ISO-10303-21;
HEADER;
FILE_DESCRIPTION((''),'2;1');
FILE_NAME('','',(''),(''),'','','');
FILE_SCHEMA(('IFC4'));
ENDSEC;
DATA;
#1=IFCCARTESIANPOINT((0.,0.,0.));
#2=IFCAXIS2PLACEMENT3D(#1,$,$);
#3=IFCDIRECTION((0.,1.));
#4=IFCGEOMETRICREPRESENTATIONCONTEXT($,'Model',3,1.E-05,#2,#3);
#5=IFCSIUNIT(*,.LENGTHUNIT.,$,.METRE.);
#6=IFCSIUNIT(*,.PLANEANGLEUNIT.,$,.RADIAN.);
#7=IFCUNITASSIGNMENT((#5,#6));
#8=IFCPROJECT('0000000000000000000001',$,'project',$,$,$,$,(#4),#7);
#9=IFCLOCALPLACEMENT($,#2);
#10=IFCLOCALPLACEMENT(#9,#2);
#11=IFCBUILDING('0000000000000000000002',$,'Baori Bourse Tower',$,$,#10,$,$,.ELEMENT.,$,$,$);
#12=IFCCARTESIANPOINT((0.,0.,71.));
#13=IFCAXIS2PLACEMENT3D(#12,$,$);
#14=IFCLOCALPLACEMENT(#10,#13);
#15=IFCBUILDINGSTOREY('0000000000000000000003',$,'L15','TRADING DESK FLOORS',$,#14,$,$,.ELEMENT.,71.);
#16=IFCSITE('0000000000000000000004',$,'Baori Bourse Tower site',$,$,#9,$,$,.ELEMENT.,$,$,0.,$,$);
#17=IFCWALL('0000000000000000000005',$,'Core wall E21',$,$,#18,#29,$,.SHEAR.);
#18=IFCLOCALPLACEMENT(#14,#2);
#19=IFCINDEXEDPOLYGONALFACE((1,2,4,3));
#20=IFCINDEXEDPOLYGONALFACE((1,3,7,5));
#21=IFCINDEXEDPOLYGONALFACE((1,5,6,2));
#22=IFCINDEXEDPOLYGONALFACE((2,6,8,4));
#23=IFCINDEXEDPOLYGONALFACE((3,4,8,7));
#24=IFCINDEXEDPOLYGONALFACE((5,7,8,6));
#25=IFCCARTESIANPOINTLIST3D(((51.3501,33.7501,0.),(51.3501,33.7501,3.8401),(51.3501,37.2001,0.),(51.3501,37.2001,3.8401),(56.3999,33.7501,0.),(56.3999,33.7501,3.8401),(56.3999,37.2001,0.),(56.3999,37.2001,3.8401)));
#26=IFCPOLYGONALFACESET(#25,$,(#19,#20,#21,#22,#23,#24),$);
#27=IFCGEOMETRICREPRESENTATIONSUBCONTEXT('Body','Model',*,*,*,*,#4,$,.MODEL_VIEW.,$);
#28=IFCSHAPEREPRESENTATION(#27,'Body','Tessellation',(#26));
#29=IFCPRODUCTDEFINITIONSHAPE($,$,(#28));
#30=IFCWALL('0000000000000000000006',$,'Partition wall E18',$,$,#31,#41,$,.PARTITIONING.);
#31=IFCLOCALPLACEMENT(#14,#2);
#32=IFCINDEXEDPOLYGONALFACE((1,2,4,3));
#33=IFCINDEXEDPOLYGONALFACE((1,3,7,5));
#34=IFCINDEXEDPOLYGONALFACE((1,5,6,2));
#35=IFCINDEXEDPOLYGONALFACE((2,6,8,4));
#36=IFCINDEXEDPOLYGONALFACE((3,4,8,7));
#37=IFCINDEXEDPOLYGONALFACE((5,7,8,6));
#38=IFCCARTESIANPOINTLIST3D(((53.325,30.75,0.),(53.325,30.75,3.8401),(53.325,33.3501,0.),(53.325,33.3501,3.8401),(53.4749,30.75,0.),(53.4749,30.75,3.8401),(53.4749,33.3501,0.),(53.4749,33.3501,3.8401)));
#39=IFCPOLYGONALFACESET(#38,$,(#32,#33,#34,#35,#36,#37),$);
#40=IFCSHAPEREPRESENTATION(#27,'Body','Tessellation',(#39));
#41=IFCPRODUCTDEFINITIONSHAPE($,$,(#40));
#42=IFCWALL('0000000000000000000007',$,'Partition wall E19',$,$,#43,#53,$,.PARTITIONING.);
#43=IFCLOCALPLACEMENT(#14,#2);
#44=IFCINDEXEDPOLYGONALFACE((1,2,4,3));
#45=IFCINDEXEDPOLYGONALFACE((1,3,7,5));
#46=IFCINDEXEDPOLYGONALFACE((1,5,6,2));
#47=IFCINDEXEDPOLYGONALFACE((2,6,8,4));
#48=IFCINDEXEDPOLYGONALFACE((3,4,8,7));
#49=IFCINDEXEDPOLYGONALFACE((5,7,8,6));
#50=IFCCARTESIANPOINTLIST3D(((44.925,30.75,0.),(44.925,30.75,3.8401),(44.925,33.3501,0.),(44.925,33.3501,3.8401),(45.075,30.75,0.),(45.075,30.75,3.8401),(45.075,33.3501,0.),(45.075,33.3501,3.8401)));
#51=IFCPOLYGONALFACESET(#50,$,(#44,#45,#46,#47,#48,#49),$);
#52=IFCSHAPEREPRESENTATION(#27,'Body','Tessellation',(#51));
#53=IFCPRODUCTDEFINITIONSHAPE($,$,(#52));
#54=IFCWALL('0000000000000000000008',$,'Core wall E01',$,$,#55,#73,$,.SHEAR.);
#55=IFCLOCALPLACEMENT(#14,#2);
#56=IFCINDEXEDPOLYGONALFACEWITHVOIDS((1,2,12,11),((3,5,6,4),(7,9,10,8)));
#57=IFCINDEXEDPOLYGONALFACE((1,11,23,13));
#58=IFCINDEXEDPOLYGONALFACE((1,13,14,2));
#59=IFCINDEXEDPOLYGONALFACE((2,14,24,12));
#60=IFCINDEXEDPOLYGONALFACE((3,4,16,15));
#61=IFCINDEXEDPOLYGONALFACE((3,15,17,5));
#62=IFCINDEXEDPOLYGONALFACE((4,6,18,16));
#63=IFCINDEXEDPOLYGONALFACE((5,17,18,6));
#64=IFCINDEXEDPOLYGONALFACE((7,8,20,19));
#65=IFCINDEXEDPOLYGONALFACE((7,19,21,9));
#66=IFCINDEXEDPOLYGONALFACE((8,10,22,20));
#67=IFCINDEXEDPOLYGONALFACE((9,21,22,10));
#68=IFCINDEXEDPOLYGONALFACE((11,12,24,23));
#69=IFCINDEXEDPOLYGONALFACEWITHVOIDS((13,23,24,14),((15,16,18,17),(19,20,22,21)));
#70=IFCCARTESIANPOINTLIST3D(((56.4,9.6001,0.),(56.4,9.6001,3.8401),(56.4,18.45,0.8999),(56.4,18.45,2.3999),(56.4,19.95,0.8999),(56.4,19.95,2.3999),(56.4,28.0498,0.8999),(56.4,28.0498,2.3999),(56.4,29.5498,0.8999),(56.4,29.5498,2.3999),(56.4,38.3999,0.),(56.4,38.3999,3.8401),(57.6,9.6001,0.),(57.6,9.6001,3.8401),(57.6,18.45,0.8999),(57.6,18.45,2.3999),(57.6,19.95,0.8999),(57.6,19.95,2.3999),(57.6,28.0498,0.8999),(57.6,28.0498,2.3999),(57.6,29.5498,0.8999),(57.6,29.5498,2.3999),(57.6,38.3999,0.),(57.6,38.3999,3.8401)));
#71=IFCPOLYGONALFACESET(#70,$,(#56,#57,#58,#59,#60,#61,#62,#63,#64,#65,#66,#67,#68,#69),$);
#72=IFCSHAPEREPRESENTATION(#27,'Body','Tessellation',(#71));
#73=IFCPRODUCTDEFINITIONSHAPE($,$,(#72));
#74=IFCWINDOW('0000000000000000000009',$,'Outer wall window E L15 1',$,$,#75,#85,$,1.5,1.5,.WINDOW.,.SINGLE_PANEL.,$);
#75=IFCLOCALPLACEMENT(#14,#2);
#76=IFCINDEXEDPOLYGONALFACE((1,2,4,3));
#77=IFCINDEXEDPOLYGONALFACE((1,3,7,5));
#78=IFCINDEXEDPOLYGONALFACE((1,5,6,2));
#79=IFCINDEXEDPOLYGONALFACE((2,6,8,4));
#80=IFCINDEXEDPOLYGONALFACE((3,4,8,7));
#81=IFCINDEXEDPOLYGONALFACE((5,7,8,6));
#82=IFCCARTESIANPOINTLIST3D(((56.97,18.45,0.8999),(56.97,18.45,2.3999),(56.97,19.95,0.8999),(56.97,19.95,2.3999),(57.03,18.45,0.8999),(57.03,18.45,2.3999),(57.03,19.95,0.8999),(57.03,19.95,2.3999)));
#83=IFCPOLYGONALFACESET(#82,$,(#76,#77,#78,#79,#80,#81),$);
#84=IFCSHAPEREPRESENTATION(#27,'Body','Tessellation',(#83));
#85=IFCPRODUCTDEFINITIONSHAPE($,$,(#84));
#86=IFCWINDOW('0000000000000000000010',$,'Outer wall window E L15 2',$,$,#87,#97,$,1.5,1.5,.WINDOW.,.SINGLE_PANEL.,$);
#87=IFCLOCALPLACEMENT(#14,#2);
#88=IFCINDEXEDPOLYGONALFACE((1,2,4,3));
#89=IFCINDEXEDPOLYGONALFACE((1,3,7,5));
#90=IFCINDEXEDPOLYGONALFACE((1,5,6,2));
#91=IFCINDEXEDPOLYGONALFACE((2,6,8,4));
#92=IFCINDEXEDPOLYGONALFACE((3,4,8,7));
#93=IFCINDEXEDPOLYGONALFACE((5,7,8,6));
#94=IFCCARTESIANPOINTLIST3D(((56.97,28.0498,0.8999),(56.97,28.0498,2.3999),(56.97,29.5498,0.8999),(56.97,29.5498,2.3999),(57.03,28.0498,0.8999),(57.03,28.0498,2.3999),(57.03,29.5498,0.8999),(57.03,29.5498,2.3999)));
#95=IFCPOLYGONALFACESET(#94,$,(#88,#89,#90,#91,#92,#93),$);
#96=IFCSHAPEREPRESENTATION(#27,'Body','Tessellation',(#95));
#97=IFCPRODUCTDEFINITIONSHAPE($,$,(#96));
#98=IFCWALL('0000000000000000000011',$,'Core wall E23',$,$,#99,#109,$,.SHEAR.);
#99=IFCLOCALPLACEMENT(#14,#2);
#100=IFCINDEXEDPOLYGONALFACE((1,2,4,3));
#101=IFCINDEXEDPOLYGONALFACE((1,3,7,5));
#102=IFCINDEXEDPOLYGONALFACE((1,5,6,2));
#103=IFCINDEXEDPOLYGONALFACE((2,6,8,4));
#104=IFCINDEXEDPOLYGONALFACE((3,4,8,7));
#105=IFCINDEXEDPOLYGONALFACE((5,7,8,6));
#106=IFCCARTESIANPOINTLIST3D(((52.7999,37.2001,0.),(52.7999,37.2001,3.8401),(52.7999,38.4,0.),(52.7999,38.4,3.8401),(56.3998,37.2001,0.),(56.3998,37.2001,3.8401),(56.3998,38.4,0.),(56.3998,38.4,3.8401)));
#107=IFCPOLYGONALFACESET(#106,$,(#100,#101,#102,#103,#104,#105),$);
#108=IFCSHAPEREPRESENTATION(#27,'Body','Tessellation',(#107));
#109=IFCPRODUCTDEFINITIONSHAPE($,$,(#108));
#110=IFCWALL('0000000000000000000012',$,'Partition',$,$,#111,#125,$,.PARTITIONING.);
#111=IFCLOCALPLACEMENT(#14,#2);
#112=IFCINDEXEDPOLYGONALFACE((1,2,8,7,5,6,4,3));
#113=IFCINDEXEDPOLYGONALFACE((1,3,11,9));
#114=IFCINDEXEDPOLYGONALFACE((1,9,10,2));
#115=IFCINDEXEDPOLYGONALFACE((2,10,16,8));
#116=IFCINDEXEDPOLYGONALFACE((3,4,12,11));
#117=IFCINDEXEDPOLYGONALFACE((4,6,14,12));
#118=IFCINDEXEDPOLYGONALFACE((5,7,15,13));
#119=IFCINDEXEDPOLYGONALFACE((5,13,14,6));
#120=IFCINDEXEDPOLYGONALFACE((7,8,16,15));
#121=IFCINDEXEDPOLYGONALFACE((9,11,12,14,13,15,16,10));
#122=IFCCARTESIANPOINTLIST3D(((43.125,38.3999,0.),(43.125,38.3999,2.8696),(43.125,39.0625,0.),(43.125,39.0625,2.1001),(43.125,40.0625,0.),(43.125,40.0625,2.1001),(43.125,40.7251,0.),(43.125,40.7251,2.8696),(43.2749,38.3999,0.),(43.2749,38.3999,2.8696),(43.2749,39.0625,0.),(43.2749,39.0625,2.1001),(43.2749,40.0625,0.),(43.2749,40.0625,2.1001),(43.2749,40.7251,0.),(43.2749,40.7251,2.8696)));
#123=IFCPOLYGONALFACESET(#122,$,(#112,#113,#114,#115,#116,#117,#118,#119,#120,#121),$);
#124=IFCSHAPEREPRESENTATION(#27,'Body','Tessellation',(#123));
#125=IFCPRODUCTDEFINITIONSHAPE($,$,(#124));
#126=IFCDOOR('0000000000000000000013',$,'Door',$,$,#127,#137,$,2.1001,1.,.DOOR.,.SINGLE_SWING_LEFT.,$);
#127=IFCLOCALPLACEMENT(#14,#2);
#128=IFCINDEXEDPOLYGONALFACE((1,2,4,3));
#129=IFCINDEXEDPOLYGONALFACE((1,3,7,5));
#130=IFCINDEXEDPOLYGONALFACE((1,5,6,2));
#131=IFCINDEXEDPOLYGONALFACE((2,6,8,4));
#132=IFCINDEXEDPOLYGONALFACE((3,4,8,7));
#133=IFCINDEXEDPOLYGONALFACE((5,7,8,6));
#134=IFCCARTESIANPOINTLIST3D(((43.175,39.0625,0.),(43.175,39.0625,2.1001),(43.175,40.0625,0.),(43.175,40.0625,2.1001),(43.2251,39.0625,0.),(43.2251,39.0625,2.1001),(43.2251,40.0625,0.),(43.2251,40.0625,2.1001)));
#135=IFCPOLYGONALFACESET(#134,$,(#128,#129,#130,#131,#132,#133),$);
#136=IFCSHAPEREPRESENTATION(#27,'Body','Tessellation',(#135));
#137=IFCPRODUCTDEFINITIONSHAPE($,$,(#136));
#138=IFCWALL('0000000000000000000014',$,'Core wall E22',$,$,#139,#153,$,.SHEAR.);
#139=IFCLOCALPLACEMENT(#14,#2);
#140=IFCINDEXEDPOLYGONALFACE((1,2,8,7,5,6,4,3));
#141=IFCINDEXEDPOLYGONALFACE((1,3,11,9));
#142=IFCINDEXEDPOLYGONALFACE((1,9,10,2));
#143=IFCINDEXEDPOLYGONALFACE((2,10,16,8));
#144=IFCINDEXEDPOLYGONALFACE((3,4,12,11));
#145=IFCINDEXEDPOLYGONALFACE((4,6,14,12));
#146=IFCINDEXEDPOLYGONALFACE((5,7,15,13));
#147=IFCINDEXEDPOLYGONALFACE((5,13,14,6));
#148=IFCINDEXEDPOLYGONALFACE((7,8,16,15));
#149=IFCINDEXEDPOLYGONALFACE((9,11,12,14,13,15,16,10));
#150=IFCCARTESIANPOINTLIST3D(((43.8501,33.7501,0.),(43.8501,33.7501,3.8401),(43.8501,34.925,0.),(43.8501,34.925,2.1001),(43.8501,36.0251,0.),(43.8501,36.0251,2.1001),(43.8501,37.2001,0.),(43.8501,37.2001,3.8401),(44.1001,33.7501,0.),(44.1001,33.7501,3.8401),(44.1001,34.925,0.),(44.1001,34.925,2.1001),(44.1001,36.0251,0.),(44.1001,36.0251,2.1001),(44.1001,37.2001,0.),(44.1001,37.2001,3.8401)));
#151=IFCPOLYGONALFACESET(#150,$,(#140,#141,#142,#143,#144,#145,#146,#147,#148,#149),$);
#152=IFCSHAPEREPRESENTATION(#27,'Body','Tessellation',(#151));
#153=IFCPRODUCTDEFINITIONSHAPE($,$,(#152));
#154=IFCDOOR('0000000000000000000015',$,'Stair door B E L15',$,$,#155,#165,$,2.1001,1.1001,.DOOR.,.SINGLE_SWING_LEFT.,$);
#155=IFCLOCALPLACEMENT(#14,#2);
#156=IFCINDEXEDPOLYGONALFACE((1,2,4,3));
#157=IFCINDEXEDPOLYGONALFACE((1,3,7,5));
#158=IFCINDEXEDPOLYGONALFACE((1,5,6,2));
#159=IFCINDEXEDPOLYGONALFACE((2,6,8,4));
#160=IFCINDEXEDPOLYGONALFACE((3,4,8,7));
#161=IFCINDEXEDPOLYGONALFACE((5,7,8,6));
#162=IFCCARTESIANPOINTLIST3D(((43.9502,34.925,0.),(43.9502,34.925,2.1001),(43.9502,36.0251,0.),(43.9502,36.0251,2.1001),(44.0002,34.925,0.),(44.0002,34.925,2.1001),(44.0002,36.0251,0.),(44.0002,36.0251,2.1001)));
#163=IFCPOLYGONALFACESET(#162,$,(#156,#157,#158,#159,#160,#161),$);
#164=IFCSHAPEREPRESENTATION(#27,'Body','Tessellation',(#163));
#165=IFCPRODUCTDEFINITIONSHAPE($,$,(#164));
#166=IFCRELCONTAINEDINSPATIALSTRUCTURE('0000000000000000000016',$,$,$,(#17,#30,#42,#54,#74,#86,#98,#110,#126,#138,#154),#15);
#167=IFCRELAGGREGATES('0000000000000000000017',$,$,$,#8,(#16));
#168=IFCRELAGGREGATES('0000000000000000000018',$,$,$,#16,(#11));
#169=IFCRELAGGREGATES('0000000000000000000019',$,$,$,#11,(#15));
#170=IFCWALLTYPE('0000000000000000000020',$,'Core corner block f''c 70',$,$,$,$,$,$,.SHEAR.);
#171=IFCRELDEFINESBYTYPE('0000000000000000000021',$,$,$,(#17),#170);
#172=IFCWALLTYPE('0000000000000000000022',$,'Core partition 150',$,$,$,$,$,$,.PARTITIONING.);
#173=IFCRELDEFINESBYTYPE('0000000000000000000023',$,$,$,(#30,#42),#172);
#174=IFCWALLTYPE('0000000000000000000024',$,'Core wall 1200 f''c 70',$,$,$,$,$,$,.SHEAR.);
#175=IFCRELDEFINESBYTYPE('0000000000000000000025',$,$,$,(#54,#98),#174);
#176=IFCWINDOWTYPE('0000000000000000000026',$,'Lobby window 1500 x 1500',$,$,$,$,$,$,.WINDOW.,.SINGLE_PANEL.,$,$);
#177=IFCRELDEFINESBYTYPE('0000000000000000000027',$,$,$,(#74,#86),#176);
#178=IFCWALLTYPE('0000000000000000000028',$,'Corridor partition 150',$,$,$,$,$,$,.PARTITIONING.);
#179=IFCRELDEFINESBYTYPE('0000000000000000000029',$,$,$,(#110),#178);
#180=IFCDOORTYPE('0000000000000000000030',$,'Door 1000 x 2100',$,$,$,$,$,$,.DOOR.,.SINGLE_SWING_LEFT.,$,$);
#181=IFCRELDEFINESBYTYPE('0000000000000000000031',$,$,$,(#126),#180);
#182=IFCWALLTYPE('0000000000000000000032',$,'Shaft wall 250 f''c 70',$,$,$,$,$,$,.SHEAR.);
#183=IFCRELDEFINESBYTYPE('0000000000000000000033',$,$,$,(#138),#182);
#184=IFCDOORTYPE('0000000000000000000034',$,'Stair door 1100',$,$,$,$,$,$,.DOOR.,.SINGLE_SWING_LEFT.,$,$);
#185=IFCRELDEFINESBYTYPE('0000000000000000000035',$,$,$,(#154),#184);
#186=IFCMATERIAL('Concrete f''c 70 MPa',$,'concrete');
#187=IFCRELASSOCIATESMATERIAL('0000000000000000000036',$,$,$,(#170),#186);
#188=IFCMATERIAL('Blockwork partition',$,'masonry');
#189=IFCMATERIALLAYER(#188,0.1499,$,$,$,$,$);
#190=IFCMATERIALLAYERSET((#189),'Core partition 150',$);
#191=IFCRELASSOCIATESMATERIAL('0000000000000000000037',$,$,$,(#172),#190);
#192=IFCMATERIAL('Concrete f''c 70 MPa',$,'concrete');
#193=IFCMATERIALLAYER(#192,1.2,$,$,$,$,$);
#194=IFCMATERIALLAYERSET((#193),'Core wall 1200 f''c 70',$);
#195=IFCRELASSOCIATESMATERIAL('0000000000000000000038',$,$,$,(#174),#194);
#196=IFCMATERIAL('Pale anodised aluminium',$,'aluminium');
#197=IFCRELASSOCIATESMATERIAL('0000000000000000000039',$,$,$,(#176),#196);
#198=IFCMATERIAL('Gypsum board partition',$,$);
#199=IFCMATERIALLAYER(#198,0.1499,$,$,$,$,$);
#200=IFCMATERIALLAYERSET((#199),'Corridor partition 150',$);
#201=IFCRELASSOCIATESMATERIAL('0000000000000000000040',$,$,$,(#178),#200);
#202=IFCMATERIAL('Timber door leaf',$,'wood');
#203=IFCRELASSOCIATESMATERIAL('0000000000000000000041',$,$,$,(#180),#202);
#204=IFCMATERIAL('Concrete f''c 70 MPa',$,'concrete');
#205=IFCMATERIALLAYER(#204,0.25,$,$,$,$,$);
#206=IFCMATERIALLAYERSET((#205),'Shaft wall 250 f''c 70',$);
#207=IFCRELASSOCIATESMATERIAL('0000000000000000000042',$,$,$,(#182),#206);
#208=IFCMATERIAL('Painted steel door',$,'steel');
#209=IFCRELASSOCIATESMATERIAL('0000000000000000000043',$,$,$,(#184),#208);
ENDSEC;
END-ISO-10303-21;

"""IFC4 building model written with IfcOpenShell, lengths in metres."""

from ifc_helpers import new_model, si_unit, direction, frame, frame_2d, origin, place, context, subcontext, project, spatial, rectangle, extrude, material, layer, layer_set, type_object, element, fill, save


model = new_model("IFC4")

# Units and contexts
model_context = context("Model", 3, precision=1e-05, world=origin(), true_north=direction((0.0, 1.0)))
body_context = subcontext(model_context, "Body", "Model", "MODEL_VIEW")
ifc_project = project(units=[si_unit("LENGTHUNIT", "METRE"), si_unit("PLANEANGLEUNIT", "RADIAN")], contexts=[model_context])

# Site, building, storey
site_placement = place(None, origin())
site = spatial("IfcSite", under=ifc_project, at=site_placement, Name="Baori Bourse Tower site", CompositionType="ELEMENT", RefElevation=0.0)
building_placement = place(site_placement, origin())
building = spatial("IfcBuilding", under=site, at=building_placement, Name="Baori Bourse Tower", CompositionType="ELEMENT")
storey_placement = place(building_placement, frame((0.0, 0.0, 71.0)))
storey = spatial("IfcBuildingStorey", under=building, at=storey_placement, Name="L15", Description="TRADING DESK FLOORS", CompositionType="ELEMENT", Elevation=71.0)

# Walls
ifc_material_1 = material(Name="Concrete f'c 70 MPa", Category="concrete")
wall_type_1 = type_object("IfcWallType", Name="Core corner block f'c 70", PredefinedType="SHEAR", material=ifc_material_1)
wall_1_placement = place(storey_placement, frame((51.3501, 35.4751, 0.0), z_axis=(0.0, 0.0, 1.0), x_axis=(1.0, 0.0, 0.0)))
element("IfcWall", 1, at=wall_1_placement, inside=storey, type_object=wall_type_1, Name="Core wall E21", PredefinedType="SHEAR", context=body_context, shape_type="SweptSolid", body=[
    extrude(rectangle(XDim=5.0498, YDim=3.45, at=frame_2d((2.5249, 0.0))), origin(), (0.0, 0.0, 1.0), 3.8401),
])
ifc_material_2 = material(Name="Blockwork partition", Category="masonry")
ifc_layer_1 = layer(ifc_material_2, 0.1499)
ifc_layer_set_1 = layer_set([ifc_layer_1], Name="Core partition 150")
wall_type_2 = type_object("IfcWallType", Name="Core partition 150", PredefinedType="PARTITIONING", material=ifc_layer_set_1)
for number, where, z_axis, x_axis, name in (
    (2, (53.3999, 30.75, 0.0), (0.0, 0.0, 1.0), (0.0, 1.0, 0.0), "Partition wall E18"),
    (3, (45.0, 30.75, 0.0), (0.0, 0.0, 1.0), (0.0, 1.0, 0.0), "Partition wall E19"),
):
    element("IfcWall", number, at=place(storey_placement, frame(where, z_axis=z_axis, x_axis=x_axis)), inside=storey, type_object=wall_type_2, Name=name, PredefinedType="PARTITIONING", context=body_context, shape_type="SweptSolid", body=[
        extrude(rectangle(XDim=2.6001, YDim=0.1499, at=frame_2d((1.3, 0.0))), origin(), (0.0, 0.0, 1.0), 3.8401),
    ])

# Wall, openings, windows
ifc_material_3 = material(Name="Concrete f'c 70 MPa", Category="concrete")
ifc_layer_2 = layer(ifc_material_3, 1.2)
ifc_layer_set_2 = layer_set([ifc_layer_2], Name="Core wall 1200 f'c 70")
wall_type_3 = type_object("IfcWallType", Name="Core wall 1200 f'c 70", PredefinedType="SHEAR", material=ifc_layer_set_2)
wall_2_placement = place(storey_placement, frame((57.0, 38.3999, 0.0), z_axis=(0.0, 0.0, 1.0), x_axis=(0.0, -1.0, 0.0)))
wall_2 = element("IfcWall", 4, at=wall_2_placement, inside=storey, type_object=wall_type_3, Name="Core wall E01", PredefinedType="SHEAR", context=body_context, shape_type="SweptSolid", body=[
    extrude(rectangle(XDim=28.7998, YDim=1.2, at=frame_2d((14.3999, 0.0))), origin(), (0.0, 0.0, 1.0), 3.8401),
])
opening_1_placement = place(wall_2_placement, frame((18.45, 0.0, 0.8999)))
opening_1 = element("IfcOpeningElement", 5, at=opening_1_placement, cuts=wall_2, PredefinedType="OPENING", context=body_context, shape_type="SweptSolid", body=[
    extrude(rectangle(XDim=1.5, YDim=1.5, at=frame_2d((0.75, 0.75))), frame((0.0, 0.6099, 0.0), z_axis=(0.0, -1.0, 0.0), x_axis=(1.0, 0.0, 0.0)), (0.0, 0.0, 1.0), 1.22),
])
opening_2_placement = place(wall_2_placement, frame((8.8501, 0.0, 0.8999)))
opening_2 = element("IfcOpeningElement", 6, at=opening_2_placement, cuts=wall_2, PredefinedType="OPENING", context=body_context, shape_type="SweptSolid", body=[
    extrude(rectangle(XDim=1.5, YDim=1.5, at=frame_2d((0.75, 0.75))), frame((0.0, 0.6099, 0.0), z_axis=(0.0, -1.0, 0.0), x_axis=(1.0, 0.0, 0.0)), (0.0, 0.0, 1.0), 1.22),
])
ifc_material_4 = material(Name="Pale anodised aluminium", Category="aluminium")
window_type = type_object("IfcWindowType", Name="Lobby window 1500 x 1500", PartitioningType="SINGLE_PANEL", PredefinedType="WINDOW", material=ifc_material_4)
window_1_placement = place(opening_1_placement, origin())
window_1 = element("IfcWindow", 7, at=window_1_placement, inside=storey, type_object=window_type, Name="Outer wall window E L15 1", OverallHeight=1.5, OverallWidth=1.5, PartitioningType="SINGLE_PANEL", PredefinedType="WINDOW", context=body_context, shape_type="SweptSolid", body=[
    extrude(rectangle(XDim=1.5, YDim=1.5, at=frame_2d((0.75, 0.75))), frame((0.0, 0.03, 0.0), z_axis=(0.0, -1.0, 0.0), x_axis=(1.0, 0.0, 0.0)), (0.0, 0.0, 1.0), 0.0601),
])
fill(opening_1, window_1)
window_2_placement = place(opening_2_placement, origin())
window_2 = element("IfcWindow", 8, at=window_2_placement, inside=storey, type_object=window_type, Name="Outer wall window E L15 2", OverallHeight=1.5, OverallWidth=1.5, PartitioningType="SINGLE_PANEL", PredefinedType="WINDOW", context=body_context, shape_type="SweptSolid", body=[
    extrude(rectangle(XDim=1.5, YDim=1.5, at=frame_2d((0.75, 0.75))), frame((0.0, 0.03, 0.0), z_axis=(0.0, -1.0, 0.0), x_axis=(1.0, 0.0, 0.0)), (0.0, 0.0, 1.0), 0.0601),
])
fill(opening_2, window_2)

# Wall
wall_3_placement = place(storey_placement, frame((52.8, 37.8, 0.0), z_axis=(0.0, 0.0, 1.0), x_axis=(1.0, 0.0, 0.0)))
element("IfcWall", 9, at=wall_3_placement, inside=storey, type_object=wall_type_3, Name="Core wall E23", PredefinedType="SHEAR", context=body_context, shape_type="SweptSolid", body=[
    extrude(rectangle(XDim=3.5999, YDim=1.2, at=frame_2d((1.7998, 0.0))), origin(), (0.0, 0.0, 1.0), 3.8401),
])

# Walls, openings, doors
ifc_material_5 = material(Name="Gypsum board partition")
ifc_layer_3 = layer(ifc_material_5, 0.1499)
ifc_layer_set_3 = layer_set([ifc_layer_3], Name="Corridor partition 150")
wall_type_4 = type_object("IfcWallType", Name="Corridor partition 150", PredefinedType="PARTITIONING", material=ifc_layer_set_3)
wall_4_placement = place(storey_placement, frame((43.2, 38.3999, 0.0), z_axis=(0.0, 0.0, 1.0), x_axis=(0.0, 1.0, 0.0)))
wall_4 = element("IfcWall", 10, at=wall_4_placement, inside=storey, type_object=wall_type_4, Name="Partition", PredefinedType="PARTITIONING", context=body_context, shape_type="SweptSolid", body=[
    extrude(rectangle(XDim=2.3252, YDim=0.1499, at=frame_2d((1.1626, 0.0))), origin(), (0.0, 0.0, 1.0), 2.8696),
])
opening_3_placement = place(wall_4_placement, frame((0.6626, 0.0, 0.0)))
opening_3 = element("IfcOpeningElement", 11, at=opening_3_placement, cuts=wall_4, PredefinedType="OPENING", context=body_context, shape_type="SweptSolid", body=[
    extrude(rectangle(XDim=1.0, YDim=2.1001, at=frame_2d((0.5, 1.05))), frame((0.0, 0.085, 0.0), z_axis=(0.0, -1.0, 0.0), x_axis=(1.0, 0.0, 0.0)), (0.0, 0.0, 1.0), 0.1699),
])
ifc_material_6 = material(Name="Timber door leaf", Category="wood")
door_type_1 = type_object("IfcDoorType", Name="Door 1000 x 2100", OperationType="SINGLE_SWING_LEFT", PredefinedType="DOOR", material=ifc_material_6)
door_1_placement = place(opening_3_placement, origin())
door_1 = element("IfcDoor", 12, at=door_1_placement, inside=storey, type_object=door_type_1, Name="Door", OperationType="SINGLE_SWING_LEFT", OverallHeight=2.1001, OverallWidth=1.0, PredefinedType="DOOR", context=body_context, shape_type="SweptSolid", body=[
    extrude(rectangle(XDim=1.0, YDim=2.1001, at=frame_2d((0.5, 1.05))), frame((0.0, 0.0249, 0.0), z_axis=(0.0, -1.0, 0.0), x_axis=(1.0, 0.0, 0.0)), (0.0, 0.0, 1.0), 0.05),
])
fill(opening_3, door_1)
ifc_material_7 = material(Name="Concrete f'c 70 MPa", Category="concrete")
ifc_layer_4 = layer(ifc_material_7, 0.25)
ifc_layer_set_4 = layer_set([ifc_layer_4], Name="Shaft wall 250 f'c 70")
wall_type_5 = type_object("IfcWallType", Name="Shaft wall 250 f'c 70", PredefinedType="SHEAR", material=ifc_layer_set_4)
wall_5_placement = place(storey_placement, frame((43.9751, 33.75, 0.0), z_axis=(0.0, 0.0, 1.0), x_axis=(0.0, 1.0, 0.0)))
wall_5 = element("IfcWall", 13, at=wall_5_placement, inside=storey, type_object=wall_type_5, Name="Core wall E22", PredefinedType="SHEAR", context=body_context, shape_type="SweptSolid", body=[
    extrude(rectangle(XDim=3.45, YDim=0.25, at=frame_2d((1.7251, 0.0))), origin(), (0.0, 0.0, 1.0), 3.8401),
])
opening_4_placement = place(wall_5_placement, frame((1.175, 0.0, 0.0)))
opening_4 = element("IfcOpeningElement", 14, at=opening_4_placement, cuts=wall_5, PredefinedType="OPENING", context=body_context, shape_type="SweptSolid", body=[
    extrude(rectangle(XDim=1.1001, YDim=2.1001, at=frame_2d((0.55, 1.05))), frame((0.0, 0.135, 0.0), z_axis=(0.0, -1.0, 0.0), x_axis=(1.0, 0.0, 0.0)), (0.0, 0.0, 1.0), 0.27),
])
ifc_material_8 = material(Name="Painted steel door", Category="steel")
door_type_2 = type_object("IfcDoorType", Name="Stair door 1100", OperationType="SINGLE_SWING_LEFT", PredefinedType="DOOR", material=ifc_material_8)
door_2_placement = place(opening_4_placement, origin())
door_2 = element("IfcDoor", 15, at=door_2_placement, inside=storey, type_object=door_type_2, Name="Stair door B E L15", OperationType="SINGLE_SWING_LEFT", OverallHeight=2.1001, OverallWidth=1.1001, PredefinedType="DOOR", context=body_context, shape_type="SweptSolid", body=[
    extrude(rectangle(XDim=1.1001, YDim=2.1001, at=frame_2d((0.55, 1.05))), frame((0.0, 0.0249, 0.0), z_axis=(0.0, -1.0, 0.0), x_axis=(1.0, 0.0, 0.0)), (0.0, 0.0, 1.0), 0.05),
])
fill(opening_4, door_2)

save(model, "model.ifc")
